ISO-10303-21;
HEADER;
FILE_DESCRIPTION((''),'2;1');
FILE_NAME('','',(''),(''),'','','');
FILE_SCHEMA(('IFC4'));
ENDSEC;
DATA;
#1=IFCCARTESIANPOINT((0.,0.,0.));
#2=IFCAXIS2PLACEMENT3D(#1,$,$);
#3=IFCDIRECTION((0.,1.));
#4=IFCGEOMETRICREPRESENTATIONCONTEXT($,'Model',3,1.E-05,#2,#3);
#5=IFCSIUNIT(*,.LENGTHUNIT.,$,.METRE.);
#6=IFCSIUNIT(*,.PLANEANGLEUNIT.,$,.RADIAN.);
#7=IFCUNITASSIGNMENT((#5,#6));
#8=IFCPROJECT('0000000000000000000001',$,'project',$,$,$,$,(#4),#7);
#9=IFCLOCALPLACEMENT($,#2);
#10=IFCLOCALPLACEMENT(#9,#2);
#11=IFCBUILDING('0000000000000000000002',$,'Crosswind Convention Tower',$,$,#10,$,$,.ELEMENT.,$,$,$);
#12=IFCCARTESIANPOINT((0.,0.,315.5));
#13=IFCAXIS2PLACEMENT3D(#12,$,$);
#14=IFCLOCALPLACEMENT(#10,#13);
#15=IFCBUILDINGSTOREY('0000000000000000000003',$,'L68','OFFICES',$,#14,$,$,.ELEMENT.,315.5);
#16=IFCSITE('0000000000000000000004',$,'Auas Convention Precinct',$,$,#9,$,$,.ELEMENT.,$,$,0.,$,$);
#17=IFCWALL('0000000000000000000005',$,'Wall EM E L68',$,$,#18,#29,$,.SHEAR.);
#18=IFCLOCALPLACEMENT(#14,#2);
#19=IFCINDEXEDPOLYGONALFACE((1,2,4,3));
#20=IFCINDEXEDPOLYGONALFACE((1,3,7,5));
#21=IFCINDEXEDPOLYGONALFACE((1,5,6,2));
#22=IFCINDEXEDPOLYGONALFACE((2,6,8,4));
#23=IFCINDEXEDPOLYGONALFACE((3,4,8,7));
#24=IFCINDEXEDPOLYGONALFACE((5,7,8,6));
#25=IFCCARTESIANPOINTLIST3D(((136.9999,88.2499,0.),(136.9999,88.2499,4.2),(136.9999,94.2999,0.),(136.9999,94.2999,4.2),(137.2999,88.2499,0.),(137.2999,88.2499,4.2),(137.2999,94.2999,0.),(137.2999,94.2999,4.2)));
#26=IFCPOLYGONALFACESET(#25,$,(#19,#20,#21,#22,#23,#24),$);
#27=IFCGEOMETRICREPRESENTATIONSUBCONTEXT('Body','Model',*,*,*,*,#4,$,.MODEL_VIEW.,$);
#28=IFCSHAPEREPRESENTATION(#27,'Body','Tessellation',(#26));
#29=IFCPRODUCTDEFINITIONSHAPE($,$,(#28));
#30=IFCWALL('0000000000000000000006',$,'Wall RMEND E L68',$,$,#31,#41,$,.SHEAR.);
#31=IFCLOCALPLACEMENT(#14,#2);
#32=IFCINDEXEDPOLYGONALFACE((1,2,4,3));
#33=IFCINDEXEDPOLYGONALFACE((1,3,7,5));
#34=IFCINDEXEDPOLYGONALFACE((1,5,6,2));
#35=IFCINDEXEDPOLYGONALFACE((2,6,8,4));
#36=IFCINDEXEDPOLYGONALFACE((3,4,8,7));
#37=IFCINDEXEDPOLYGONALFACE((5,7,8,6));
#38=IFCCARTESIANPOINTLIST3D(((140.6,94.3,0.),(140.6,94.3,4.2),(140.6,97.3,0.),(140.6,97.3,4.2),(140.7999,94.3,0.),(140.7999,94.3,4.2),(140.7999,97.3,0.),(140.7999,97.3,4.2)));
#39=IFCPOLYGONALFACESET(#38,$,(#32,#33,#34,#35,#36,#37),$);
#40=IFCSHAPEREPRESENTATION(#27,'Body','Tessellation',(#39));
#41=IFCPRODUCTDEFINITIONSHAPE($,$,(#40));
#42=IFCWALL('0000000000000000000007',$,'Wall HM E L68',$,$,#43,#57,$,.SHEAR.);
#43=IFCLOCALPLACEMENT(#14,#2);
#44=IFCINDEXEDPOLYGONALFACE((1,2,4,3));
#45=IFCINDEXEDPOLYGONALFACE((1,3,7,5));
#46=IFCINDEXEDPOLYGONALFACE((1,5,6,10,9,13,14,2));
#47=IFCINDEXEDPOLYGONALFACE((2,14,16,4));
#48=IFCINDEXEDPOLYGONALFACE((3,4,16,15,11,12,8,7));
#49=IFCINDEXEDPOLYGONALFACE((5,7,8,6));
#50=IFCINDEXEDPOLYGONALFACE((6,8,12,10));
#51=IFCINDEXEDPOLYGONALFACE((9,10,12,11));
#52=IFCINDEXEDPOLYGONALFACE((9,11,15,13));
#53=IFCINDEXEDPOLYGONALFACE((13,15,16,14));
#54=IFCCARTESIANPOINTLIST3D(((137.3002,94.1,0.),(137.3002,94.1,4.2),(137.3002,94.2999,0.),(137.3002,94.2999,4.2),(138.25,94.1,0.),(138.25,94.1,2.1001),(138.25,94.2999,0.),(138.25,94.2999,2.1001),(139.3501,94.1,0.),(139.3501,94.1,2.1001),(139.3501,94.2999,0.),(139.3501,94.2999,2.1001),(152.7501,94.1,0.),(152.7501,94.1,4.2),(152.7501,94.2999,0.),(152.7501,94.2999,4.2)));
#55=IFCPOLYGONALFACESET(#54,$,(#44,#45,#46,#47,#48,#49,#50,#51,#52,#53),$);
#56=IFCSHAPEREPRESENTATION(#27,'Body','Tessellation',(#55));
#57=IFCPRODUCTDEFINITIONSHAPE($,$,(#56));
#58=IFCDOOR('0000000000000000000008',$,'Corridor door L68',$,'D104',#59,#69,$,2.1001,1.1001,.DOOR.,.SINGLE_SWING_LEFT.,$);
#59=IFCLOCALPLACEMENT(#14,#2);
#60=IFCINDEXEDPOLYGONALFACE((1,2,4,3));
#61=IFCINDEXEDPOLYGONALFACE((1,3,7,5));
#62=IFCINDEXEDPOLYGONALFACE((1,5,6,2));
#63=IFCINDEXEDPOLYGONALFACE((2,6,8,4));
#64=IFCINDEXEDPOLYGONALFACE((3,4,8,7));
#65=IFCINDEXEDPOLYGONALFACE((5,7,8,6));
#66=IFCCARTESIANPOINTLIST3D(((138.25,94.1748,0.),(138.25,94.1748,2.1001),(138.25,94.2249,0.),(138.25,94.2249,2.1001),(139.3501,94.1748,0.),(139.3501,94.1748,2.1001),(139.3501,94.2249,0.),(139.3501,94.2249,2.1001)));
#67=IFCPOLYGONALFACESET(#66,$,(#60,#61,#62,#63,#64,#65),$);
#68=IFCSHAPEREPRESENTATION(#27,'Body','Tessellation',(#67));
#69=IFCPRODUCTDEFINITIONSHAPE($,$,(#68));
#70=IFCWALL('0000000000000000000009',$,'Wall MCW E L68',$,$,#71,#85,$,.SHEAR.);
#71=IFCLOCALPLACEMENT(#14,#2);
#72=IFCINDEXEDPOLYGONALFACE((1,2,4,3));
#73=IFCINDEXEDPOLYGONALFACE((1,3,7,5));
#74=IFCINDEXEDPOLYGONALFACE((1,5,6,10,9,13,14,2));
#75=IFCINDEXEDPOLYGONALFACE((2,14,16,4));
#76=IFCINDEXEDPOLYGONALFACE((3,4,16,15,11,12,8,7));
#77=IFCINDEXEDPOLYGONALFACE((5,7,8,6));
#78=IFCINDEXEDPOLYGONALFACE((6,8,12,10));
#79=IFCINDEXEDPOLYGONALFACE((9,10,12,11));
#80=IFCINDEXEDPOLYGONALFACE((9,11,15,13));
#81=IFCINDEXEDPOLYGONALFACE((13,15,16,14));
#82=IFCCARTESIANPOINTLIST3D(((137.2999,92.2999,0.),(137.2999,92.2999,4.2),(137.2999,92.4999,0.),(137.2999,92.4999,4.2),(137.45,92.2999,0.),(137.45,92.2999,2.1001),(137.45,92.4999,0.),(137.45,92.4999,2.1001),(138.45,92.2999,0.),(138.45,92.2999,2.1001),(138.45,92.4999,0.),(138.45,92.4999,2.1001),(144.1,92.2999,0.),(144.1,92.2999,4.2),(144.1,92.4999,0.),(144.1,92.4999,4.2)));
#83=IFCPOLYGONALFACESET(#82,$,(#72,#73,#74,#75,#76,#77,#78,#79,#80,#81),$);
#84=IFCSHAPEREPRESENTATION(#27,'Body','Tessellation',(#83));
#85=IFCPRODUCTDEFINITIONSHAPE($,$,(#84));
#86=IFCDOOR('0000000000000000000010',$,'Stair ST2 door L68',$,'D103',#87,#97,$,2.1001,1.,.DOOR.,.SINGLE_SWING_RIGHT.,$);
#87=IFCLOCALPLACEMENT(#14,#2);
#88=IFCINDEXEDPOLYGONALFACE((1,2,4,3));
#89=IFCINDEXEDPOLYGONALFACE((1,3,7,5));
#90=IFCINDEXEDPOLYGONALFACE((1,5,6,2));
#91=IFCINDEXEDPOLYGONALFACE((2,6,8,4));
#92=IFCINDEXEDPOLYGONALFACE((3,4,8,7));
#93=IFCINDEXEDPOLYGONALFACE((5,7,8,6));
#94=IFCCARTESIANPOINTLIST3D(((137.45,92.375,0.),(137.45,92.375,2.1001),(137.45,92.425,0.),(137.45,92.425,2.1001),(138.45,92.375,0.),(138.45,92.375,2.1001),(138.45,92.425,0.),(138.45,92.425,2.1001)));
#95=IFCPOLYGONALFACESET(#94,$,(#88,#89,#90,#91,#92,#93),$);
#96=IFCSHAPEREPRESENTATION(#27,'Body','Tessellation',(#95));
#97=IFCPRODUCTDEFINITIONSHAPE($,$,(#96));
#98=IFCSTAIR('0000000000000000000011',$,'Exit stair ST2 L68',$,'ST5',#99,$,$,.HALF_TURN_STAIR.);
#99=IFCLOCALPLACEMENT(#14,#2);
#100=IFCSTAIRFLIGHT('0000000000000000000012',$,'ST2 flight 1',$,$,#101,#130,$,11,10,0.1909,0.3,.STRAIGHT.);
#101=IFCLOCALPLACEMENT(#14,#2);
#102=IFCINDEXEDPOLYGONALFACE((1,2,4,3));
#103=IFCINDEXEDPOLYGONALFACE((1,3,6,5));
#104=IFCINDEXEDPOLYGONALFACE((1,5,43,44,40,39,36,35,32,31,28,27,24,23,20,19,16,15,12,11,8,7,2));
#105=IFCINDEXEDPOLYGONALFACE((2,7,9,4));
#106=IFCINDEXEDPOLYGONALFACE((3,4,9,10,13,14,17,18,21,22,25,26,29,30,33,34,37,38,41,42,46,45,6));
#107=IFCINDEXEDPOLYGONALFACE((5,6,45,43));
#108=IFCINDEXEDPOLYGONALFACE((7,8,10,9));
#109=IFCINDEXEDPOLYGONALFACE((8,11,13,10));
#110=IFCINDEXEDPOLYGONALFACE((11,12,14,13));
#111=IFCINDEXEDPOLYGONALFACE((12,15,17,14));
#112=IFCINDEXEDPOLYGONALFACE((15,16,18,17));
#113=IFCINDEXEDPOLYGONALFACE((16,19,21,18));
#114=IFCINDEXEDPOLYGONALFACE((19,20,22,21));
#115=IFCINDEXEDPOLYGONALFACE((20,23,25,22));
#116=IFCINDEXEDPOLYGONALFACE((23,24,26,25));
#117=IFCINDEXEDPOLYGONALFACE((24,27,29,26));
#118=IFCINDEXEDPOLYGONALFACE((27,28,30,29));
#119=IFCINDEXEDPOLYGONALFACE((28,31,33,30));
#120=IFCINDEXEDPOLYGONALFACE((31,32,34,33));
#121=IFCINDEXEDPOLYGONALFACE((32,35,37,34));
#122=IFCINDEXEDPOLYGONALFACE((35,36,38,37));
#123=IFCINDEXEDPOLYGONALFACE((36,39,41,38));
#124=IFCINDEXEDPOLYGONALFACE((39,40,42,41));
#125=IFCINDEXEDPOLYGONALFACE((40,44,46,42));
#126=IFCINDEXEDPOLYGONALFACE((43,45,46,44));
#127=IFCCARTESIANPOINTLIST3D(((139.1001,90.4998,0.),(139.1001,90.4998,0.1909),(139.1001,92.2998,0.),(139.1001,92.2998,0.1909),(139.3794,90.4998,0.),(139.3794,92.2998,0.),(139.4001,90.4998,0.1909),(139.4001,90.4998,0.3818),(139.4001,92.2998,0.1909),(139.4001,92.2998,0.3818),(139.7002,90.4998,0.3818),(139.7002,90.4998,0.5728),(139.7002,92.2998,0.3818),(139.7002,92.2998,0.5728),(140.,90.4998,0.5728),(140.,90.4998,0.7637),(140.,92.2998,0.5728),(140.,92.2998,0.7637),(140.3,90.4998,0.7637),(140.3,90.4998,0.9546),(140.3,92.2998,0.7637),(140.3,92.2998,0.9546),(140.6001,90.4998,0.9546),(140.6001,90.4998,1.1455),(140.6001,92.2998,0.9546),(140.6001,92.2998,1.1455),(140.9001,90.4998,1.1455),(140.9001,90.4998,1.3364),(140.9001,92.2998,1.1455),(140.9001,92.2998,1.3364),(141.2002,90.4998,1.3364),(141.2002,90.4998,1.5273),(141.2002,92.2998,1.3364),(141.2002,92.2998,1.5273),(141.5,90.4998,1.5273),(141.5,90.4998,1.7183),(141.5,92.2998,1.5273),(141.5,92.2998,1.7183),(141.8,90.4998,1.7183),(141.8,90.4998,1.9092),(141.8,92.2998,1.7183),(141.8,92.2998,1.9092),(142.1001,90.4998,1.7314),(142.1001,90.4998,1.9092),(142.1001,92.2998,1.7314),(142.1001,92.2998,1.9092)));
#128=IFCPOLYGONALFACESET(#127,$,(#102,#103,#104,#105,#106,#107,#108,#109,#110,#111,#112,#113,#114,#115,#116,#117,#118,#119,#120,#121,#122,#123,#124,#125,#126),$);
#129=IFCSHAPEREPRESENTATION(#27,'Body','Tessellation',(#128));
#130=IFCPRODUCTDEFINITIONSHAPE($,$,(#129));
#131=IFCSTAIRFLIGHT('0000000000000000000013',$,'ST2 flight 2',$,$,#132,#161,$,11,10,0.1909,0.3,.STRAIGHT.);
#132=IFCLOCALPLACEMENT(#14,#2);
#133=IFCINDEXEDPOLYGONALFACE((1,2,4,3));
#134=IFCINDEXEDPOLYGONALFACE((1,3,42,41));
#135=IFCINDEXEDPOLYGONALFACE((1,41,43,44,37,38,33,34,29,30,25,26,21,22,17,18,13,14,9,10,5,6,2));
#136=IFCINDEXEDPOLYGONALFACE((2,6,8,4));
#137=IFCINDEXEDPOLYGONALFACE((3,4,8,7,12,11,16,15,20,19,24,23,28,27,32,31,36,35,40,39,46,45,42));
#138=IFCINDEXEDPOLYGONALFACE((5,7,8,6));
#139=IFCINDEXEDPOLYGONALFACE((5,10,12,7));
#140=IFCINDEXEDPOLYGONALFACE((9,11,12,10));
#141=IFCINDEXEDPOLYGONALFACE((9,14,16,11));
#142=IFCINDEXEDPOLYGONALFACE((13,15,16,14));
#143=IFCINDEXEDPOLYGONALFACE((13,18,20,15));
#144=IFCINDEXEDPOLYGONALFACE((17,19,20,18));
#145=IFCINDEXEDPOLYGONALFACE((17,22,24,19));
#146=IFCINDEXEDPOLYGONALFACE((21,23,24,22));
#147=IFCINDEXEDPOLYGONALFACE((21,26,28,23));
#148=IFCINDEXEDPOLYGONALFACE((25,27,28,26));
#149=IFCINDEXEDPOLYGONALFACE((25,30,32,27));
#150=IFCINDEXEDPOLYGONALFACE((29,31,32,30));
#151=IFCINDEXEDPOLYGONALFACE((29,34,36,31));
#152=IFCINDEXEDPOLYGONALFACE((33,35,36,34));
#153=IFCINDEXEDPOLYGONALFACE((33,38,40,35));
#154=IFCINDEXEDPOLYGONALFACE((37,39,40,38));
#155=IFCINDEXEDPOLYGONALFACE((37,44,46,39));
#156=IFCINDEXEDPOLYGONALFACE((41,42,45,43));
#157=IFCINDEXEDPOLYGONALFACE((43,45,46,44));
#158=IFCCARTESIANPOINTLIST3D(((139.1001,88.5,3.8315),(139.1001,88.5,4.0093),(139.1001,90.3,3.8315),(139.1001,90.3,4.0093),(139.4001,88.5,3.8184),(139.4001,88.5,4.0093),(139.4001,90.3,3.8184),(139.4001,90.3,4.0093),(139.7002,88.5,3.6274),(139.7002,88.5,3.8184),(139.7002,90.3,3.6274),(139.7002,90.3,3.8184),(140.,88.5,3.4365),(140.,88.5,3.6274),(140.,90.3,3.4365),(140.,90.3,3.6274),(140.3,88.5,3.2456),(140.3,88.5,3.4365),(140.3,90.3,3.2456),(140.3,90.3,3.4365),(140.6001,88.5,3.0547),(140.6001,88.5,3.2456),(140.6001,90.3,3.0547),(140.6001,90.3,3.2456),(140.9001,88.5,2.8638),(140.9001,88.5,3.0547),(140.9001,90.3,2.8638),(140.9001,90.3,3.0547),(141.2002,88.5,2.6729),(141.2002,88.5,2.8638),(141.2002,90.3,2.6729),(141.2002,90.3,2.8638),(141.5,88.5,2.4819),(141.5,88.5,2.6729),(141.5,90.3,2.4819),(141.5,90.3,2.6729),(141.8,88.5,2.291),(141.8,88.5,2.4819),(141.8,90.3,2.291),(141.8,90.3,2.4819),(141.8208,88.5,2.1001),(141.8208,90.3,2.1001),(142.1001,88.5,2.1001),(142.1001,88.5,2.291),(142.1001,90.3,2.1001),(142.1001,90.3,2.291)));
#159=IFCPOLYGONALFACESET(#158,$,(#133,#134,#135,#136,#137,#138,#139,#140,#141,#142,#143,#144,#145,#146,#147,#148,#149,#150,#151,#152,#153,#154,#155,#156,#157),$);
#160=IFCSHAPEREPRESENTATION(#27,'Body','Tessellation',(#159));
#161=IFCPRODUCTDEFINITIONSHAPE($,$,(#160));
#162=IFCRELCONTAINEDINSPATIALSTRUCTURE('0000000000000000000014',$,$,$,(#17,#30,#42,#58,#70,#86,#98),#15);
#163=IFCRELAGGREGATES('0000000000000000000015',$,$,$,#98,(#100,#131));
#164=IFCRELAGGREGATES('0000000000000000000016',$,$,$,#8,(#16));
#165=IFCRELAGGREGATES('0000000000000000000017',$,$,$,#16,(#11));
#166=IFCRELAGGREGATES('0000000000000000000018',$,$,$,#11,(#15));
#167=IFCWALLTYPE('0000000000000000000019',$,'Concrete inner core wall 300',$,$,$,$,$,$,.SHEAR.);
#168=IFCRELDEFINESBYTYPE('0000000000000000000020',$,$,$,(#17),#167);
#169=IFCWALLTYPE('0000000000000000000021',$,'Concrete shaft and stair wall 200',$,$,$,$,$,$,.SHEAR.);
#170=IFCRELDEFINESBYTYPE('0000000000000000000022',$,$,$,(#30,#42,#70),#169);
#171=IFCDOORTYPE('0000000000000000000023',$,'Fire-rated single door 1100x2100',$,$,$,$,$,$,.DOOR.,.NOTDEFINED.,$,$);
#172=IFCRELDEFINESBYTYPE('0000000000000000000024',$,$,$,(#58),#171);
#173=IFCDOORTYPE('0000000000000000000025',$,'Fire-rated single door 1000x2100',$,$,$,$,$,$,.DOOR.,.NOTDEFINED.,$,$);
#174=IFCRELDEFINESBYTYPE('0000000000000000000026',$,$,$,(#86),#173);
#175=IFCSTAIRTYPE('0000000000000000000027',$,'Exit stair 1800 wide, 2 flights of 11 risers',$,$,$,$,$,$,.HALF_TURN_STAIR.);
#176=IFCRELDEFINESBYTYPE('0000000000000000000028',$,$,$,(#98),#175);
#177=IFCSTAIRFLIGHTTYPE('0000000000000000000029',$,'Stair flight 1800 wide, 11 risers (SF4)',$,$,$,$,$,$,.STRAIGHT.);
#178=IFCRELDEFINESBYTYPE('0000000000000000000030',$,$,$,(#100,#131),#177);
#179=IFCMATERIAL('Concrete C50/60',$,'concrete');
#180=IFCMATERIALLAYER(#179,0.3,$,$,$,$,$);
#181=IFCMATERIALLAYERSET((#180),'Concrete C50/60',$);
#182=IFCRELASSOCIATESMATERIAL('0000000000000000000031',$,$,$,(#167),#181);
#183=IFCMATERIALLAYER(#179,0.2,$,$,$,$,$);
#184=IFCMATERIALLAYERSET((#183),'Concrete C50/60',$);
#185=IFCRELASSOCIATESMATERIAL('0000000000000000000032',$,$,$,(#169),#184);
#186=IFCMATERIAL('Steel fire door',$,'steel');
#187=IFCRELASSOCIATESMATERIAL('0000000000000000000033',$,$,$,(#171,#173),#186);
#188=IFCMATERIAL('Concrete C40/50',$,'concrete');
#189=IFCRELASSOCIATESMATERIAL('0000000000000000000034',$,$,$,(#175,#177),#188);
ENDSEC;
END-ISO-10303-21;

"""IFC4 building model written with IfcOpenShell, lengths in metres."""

from ifc_helpers import new_model, si_unit, direction, frame, frame_2d, origin, place, context, subcontext, project, spatial, polyline, rectangle, outline, extrude, material, layer, layer_set, type_object, element, fill, aggregate, save


model = new_model("IFC4")

# Units and contexts
model_context = context("Model", 3, precision=1e-05, world=origin(), true_north=direction((0.0, 1.0)))
body_context = subcontext(model_context, "Body", "Model", "MODEL_VIEW")
ifc_project = project(units=[si_unit("LENGTHUNIT", "METRE"), si_unit("PLANEANGLEUNIT", "RADIAN")], contexts=[model_context])

# Site, building, storey
site_placement = place(None, origin())
site = spatial("IfcSite", under=ifc_project, at=site_placement, Name="Auas Convention Precinct", CompositionType="ELEMENT", RefElevation=0.0)
building_placement = place(site_placement, origin())
building = spatial("IfcBuilding", under=site, at=building_placement, Name="Crosswind Convention Tower", CompositionType="ELEMENT")
storey_placement = place(building_placement, frame((0.0, 0.0, 315.5)))
storey = spatial("IfcBuildingStorey", under=building, at=storey_placement, Name="L68", Description="OFFICES", CompositionType="ELEMENT", Elevation=315.5)

# Shared definitions
ifc_material_1 = material(Name="Concrete C50/60", Category="concrete")
ifc_layer_1 = layer(ifc_material_1, 0.3)
ifc_layer_set_1 = layer_set([ifc_layer_1], Name="Concrete C50/60")
wall_type_1 = type_object("IfcWallType", Name="Concrete inner core wall 300", PredefinedType="SHEAR", material=ifc_layer_set_1)

# Walls
wall_1_placement = place(storey_placement, frame((137.1499, 88.25, 0.0), z_axis=(0.0, 0.0, 1.0), x_axis=(0.0, 1.0, 0.0)))
element("IfcWall", 1, at=wall_1_placement, inside=storey, type_object=wall_type_1, Name="Wall EM E L68", PredefinedType="SHEAR", context=body_context, shape_type="SweptSolid", body=[
    extrude(rectangle(XDim=6.05, YDim=0.3, at=frame_2d((3.0249, 0.0))), origin(), (0.0, 0.0, 1.0), 4.2),
])
ifc_layer_2 = layer(ifc_material_1, 0.2)
ifc_layer_set_2 = layer_set([ifc_layer_2], Name="Concrete C50/60")
wall_type_2 = type_object("IfcWallType", Name="Concrete shaft and stair wall 200", PredefinedType="SHEAR", material=ifc_layer_set_2)
wall_2_placement = place(storey_placement, frame((140.7, 94.3, 0.0), z_axis=(0.0, 0.0, 1.0), x_axis=(0.0, 1.0, 0.0)))
element("IfcWall", 2, at=wall_2_placement, inside=storey, type_object=wall_type_2, Name="Wall RMEND E L68", PredefinedType="SHEAR", context=body_context, shape_type="SweptSolid", body=[
    extrude(rectangle(XDim=3.0, YDim=0.2, at=frame_2d((1.5, 0.0))), origin(), (0.0, 0.0, 1.0), 4.2),
])

# Walls, openings, doors
wall_3_placement = place(storey_placement, frame((137.3, 94.2, 0.0), z_axis=(0.0, 0.0, 1.0), x_axis=(1.0, 0.0, 0.0)))
wall_3 = element("IfcWall", 3, at=wall_3_placement, inside=storey, type_object=wall_type_2, Name="Wall HM E L68", PredefinedType="SHEAR", context=body_context, shape_type="SweptSolid", body=[
    extrude(rectangle(XDim=15.45, YDim=0.2, at=frame_2d((7.7251, 0.0))), origin(), (0.0, 0.0, 1.0), 4.2),
])
opening_1_placement = place(wall_3_placement, frame((0.95, 0.0, 0.0)))
opening_1 = element("IfcOpeningElement", 4, at=opening_1_placement, cuts=wall_3, PredefinedType="OPENING", context=body_context, shape_type="SweptSolid", body=[
    extrude(rectangle(XDim=1.1001, YDim=2.1001, at=frame_2d((0.55, 1.05))), frame((0.0, 0.1099, 0.0), z_axis=(0.0, -1.0, 0.0), x_axis=(1.0, 0.0, 0.0)), (0.0, 0.0, 1.0), 0.22),
])
ifc_material_2 = material(Name="Steel fire door", Category="steel")
door_type_1 = type_object("IfcDoorType", Name="Fire-rated single door 1100x2100", OperationType="NOTDEFINED", PredefinedType="DOOR", material=ifc_material_2)
door_1_placement = place(opening_1_placement, origin())
door_1 = element("IfcDoor", 5, at=door_1_placement, inside=storey, type_object=door_type_1, Name="Corridor door L68", ObjectType="D104", OperationType="SINGLE_SWING_LEFT", OverallHeight=2.1001, OverallWidth=1.1001, PredefinedType="DOOR", context=body_context, shape_type="SweptSolid", body=[
    extrude(rectangle(XDim=1.1001, YDim=2.1001, at=frame_2d((0.55, 1.05))), frame((0.0, 0.0249, 0.0), z_axis=(0.0, -1.0, 0.0), x_axis=(1.0, 0.0, 0.0)), (0.0, 0.0, 1.0), 0.05),
])
fill(opening_1, door_1)
wall_4_placement = place(storey_placement, frame((137.3, 92.3999, 0.0), z_axis=(0.0, 0.0, 1.0), x_axis=(1.0, 0.0, 0.0)))
wall_4 = element("IfcWall", 6, at=wall_4_placement, inside=storey, type_object=wall_type_2, Name="Wall MCW E L68", PredefinedType="SHEAR", context=body_context, shape_type="SweptSolid", body=[
    extrude(rectangle(XDim=6.8, YDim=0.2, at=frame_2d((3.3999, 0.0))), origin(), (0.0, 0.0, 1.0), 4.2),
])
opening_2_placement = place(wall_4_placement, frame((0.1499, 0.0, 0.0)))
opening_2 = element("IfcOpeningElement", 7, at=opening_2_placement, cuts=wall_4, PredefinedType="OPENING", context=body_context, shape_type="SweptSolid", body=[
    extrude(rectangle(XDim=1.0, YDim=2.1001, at=frame_2d((0.5, 1.05))), frame((0.0, 0.1099, 0.0), z_axis=(0.0, -1.0, 0.0), x_axis=(1.0, 0.0, 0.0)), (0.0, 0.0, 1.0), 0.22),
])
door_type_2 = type_object("IfcDoorType", Name="Fire-rated single door 1000x2100", OperationType="NOTDEFINED", PredefinedType="DOOR", material=ifc_material_2)
door_2_placement = place(opening_2_placement, frame((1.0, 0.0, 0.0), z_axis=(0.0, 0.0, 1.0), x_axis=(-1.0, 0.0, 0.0)))
door_2 = element("IfcDoor", 8, at=door_2_placement, inside=storey, type_object=door_type_2, Name="Stair ST2 door L68", ObjectType="D103", OperationType="SINGLE_SWING_RIGHT", OverallHeight=2.1001, OverallWidth=1.0, PredefinedType="DOOR", context=body_context, shape_type="SweptSolid", body=[
    extrude(rectangle(XDim=1.0, YDim=2.1001, at=frame_2d((0.5, 1.05))), frame((0.0, 0.0249, 0.0), z_axis=(0.0, -1.0, 0.0), x_axis=(1.0, 0.0, 0.0)), (0.0, 0.0, 1.0), 0.05),
])
fill(opening_2, door_2)

# Stair, stair flights
ifc_material_3 = material(Name="Concrete C40/50", Category="concrete")
stair_type = type_object("IfcStairType", Name="Exit stair 1800 wide, 2 flights of 11 risers", PredefinedType="HALF_TURN_STAIR", material=ifc_material_3)
stair_placement = place(storey_placement, origin())
stair = element("IfcStair", 9, at=stair_placement, inside=storey, type_object=stair_type, Name="Exit stair ST2 L68", ObjectType="ST5", PredefinedType="HALF_TURN_STAIR")
stair_flight_type = type_object("IfcStairFlightType", Name="Stair flight 1800 wide, 11 risers (SF4)", PredefinedType="STRAIGHT", material=ifc_material_3)
stair_flight_1_placement = place(storey_placement, frame((139.1001, 91.3999, 0.0), z_axis=(0.0, 0.0, 1.0), x_axis=(1.0, 0.0, 0.0)))
stair_flight_1 = element("IfcStairFlight", 10, at=stair_flight_1_placement, type_object=stair_flight_type, Name="ST2 flight 1", NumberOfRisers=11, NumberOfTreads=10, PredefinedType="STRAIGHT", RiserHeight=0.1909, TreadLength=0.3, context=body_context, shape_type="SweptSolid", body=[
    extrude(outline(polyline([(0.0, 0.0), (0.0, 0.1909), (0.3, 0.1909), (0.3, 0.3818), (0.6001, 0.3818), (0.6001, 0.5728), (0.8999, 0.5728), (0.8999, 0.7637), (1.2, 0.7637), (1.2, 0.9546), (1.5, 0.9546), (1.5, 1.1455), (1.8, 1.1455), (1.8, 1.3364), (2.1001, 1.3364), (2.1001, 1.5273), (2.3999, 1.5273), (2.3999, 1.7183), (2.7, 1.7183), (2.7, 1.9092), (3.0, 1.9092), (3.0, 2.1001), (3.0, 1.7314), (0.2793, 0.0), (0.0, 0.0)])), frame((0.0, 0.8999, 0.0), z_axis=(0.0, -1.0, 0.0), x_axis=(1.0, 0.0, 0.0)), (0.0, 0.0, 1.0), 1.8),
])
stair_flight_2_placement = place(storey_placement, frame((142.1001, 89.3999, 2.1001), z_axis=(0.0, 0.0, 1.0), x_axis=(-1.0, 0.0, 0.0)))
stair_flight_2 = element("IfcStairFlight", 11, at=stair_flight_2_placement, type_object=stair_flight_type, Name="ST2 flight 2", NumberOfRisers=11, NumberOfTreads=10, PredefinedType="STRAIGHT", RiserHeight=0.1909, TreadLength=0.3, context=body_context, shape_type="SweptSolid", body=[
    extrude(outline(polyline([(0.0, 0.0), (0.0, 0.1909), (0.3, 0.1909), (0.3, 0.3818), (0.6001, 0.3818), (0.6001, 0.5728), (0.8999, 0.5728), (0.8999, 0.7637), (1.2, 0.7637), (1.2, 0.9546), (1.5, 0.9546), (1.5, 1.1455), (1.8, 1.1455), (1.8, 1.3364), (2.1001, 1.3364), (2.1001, 1.5273), (2.3999, 1.5273), (2.3999, 1.7183), (2.7, 1.7183), (2.7, 1.9092), (3.0, 1.9092), (3.0, 2.1001), (3.0, 1.7314), (0.2793, 0.0), (0.0, 0.0)])), frame((0.0, 0.8999, 0.0), z_axis=(0.0, -1.0, 0.0), x_axis=(1.0, 0.0, 0.0)), (0.0, 0.0, 1.0), 1.8),
])
aggregate(stair, [stair_flight_1, stair_flight_2])

save(model, "model.ifc")
